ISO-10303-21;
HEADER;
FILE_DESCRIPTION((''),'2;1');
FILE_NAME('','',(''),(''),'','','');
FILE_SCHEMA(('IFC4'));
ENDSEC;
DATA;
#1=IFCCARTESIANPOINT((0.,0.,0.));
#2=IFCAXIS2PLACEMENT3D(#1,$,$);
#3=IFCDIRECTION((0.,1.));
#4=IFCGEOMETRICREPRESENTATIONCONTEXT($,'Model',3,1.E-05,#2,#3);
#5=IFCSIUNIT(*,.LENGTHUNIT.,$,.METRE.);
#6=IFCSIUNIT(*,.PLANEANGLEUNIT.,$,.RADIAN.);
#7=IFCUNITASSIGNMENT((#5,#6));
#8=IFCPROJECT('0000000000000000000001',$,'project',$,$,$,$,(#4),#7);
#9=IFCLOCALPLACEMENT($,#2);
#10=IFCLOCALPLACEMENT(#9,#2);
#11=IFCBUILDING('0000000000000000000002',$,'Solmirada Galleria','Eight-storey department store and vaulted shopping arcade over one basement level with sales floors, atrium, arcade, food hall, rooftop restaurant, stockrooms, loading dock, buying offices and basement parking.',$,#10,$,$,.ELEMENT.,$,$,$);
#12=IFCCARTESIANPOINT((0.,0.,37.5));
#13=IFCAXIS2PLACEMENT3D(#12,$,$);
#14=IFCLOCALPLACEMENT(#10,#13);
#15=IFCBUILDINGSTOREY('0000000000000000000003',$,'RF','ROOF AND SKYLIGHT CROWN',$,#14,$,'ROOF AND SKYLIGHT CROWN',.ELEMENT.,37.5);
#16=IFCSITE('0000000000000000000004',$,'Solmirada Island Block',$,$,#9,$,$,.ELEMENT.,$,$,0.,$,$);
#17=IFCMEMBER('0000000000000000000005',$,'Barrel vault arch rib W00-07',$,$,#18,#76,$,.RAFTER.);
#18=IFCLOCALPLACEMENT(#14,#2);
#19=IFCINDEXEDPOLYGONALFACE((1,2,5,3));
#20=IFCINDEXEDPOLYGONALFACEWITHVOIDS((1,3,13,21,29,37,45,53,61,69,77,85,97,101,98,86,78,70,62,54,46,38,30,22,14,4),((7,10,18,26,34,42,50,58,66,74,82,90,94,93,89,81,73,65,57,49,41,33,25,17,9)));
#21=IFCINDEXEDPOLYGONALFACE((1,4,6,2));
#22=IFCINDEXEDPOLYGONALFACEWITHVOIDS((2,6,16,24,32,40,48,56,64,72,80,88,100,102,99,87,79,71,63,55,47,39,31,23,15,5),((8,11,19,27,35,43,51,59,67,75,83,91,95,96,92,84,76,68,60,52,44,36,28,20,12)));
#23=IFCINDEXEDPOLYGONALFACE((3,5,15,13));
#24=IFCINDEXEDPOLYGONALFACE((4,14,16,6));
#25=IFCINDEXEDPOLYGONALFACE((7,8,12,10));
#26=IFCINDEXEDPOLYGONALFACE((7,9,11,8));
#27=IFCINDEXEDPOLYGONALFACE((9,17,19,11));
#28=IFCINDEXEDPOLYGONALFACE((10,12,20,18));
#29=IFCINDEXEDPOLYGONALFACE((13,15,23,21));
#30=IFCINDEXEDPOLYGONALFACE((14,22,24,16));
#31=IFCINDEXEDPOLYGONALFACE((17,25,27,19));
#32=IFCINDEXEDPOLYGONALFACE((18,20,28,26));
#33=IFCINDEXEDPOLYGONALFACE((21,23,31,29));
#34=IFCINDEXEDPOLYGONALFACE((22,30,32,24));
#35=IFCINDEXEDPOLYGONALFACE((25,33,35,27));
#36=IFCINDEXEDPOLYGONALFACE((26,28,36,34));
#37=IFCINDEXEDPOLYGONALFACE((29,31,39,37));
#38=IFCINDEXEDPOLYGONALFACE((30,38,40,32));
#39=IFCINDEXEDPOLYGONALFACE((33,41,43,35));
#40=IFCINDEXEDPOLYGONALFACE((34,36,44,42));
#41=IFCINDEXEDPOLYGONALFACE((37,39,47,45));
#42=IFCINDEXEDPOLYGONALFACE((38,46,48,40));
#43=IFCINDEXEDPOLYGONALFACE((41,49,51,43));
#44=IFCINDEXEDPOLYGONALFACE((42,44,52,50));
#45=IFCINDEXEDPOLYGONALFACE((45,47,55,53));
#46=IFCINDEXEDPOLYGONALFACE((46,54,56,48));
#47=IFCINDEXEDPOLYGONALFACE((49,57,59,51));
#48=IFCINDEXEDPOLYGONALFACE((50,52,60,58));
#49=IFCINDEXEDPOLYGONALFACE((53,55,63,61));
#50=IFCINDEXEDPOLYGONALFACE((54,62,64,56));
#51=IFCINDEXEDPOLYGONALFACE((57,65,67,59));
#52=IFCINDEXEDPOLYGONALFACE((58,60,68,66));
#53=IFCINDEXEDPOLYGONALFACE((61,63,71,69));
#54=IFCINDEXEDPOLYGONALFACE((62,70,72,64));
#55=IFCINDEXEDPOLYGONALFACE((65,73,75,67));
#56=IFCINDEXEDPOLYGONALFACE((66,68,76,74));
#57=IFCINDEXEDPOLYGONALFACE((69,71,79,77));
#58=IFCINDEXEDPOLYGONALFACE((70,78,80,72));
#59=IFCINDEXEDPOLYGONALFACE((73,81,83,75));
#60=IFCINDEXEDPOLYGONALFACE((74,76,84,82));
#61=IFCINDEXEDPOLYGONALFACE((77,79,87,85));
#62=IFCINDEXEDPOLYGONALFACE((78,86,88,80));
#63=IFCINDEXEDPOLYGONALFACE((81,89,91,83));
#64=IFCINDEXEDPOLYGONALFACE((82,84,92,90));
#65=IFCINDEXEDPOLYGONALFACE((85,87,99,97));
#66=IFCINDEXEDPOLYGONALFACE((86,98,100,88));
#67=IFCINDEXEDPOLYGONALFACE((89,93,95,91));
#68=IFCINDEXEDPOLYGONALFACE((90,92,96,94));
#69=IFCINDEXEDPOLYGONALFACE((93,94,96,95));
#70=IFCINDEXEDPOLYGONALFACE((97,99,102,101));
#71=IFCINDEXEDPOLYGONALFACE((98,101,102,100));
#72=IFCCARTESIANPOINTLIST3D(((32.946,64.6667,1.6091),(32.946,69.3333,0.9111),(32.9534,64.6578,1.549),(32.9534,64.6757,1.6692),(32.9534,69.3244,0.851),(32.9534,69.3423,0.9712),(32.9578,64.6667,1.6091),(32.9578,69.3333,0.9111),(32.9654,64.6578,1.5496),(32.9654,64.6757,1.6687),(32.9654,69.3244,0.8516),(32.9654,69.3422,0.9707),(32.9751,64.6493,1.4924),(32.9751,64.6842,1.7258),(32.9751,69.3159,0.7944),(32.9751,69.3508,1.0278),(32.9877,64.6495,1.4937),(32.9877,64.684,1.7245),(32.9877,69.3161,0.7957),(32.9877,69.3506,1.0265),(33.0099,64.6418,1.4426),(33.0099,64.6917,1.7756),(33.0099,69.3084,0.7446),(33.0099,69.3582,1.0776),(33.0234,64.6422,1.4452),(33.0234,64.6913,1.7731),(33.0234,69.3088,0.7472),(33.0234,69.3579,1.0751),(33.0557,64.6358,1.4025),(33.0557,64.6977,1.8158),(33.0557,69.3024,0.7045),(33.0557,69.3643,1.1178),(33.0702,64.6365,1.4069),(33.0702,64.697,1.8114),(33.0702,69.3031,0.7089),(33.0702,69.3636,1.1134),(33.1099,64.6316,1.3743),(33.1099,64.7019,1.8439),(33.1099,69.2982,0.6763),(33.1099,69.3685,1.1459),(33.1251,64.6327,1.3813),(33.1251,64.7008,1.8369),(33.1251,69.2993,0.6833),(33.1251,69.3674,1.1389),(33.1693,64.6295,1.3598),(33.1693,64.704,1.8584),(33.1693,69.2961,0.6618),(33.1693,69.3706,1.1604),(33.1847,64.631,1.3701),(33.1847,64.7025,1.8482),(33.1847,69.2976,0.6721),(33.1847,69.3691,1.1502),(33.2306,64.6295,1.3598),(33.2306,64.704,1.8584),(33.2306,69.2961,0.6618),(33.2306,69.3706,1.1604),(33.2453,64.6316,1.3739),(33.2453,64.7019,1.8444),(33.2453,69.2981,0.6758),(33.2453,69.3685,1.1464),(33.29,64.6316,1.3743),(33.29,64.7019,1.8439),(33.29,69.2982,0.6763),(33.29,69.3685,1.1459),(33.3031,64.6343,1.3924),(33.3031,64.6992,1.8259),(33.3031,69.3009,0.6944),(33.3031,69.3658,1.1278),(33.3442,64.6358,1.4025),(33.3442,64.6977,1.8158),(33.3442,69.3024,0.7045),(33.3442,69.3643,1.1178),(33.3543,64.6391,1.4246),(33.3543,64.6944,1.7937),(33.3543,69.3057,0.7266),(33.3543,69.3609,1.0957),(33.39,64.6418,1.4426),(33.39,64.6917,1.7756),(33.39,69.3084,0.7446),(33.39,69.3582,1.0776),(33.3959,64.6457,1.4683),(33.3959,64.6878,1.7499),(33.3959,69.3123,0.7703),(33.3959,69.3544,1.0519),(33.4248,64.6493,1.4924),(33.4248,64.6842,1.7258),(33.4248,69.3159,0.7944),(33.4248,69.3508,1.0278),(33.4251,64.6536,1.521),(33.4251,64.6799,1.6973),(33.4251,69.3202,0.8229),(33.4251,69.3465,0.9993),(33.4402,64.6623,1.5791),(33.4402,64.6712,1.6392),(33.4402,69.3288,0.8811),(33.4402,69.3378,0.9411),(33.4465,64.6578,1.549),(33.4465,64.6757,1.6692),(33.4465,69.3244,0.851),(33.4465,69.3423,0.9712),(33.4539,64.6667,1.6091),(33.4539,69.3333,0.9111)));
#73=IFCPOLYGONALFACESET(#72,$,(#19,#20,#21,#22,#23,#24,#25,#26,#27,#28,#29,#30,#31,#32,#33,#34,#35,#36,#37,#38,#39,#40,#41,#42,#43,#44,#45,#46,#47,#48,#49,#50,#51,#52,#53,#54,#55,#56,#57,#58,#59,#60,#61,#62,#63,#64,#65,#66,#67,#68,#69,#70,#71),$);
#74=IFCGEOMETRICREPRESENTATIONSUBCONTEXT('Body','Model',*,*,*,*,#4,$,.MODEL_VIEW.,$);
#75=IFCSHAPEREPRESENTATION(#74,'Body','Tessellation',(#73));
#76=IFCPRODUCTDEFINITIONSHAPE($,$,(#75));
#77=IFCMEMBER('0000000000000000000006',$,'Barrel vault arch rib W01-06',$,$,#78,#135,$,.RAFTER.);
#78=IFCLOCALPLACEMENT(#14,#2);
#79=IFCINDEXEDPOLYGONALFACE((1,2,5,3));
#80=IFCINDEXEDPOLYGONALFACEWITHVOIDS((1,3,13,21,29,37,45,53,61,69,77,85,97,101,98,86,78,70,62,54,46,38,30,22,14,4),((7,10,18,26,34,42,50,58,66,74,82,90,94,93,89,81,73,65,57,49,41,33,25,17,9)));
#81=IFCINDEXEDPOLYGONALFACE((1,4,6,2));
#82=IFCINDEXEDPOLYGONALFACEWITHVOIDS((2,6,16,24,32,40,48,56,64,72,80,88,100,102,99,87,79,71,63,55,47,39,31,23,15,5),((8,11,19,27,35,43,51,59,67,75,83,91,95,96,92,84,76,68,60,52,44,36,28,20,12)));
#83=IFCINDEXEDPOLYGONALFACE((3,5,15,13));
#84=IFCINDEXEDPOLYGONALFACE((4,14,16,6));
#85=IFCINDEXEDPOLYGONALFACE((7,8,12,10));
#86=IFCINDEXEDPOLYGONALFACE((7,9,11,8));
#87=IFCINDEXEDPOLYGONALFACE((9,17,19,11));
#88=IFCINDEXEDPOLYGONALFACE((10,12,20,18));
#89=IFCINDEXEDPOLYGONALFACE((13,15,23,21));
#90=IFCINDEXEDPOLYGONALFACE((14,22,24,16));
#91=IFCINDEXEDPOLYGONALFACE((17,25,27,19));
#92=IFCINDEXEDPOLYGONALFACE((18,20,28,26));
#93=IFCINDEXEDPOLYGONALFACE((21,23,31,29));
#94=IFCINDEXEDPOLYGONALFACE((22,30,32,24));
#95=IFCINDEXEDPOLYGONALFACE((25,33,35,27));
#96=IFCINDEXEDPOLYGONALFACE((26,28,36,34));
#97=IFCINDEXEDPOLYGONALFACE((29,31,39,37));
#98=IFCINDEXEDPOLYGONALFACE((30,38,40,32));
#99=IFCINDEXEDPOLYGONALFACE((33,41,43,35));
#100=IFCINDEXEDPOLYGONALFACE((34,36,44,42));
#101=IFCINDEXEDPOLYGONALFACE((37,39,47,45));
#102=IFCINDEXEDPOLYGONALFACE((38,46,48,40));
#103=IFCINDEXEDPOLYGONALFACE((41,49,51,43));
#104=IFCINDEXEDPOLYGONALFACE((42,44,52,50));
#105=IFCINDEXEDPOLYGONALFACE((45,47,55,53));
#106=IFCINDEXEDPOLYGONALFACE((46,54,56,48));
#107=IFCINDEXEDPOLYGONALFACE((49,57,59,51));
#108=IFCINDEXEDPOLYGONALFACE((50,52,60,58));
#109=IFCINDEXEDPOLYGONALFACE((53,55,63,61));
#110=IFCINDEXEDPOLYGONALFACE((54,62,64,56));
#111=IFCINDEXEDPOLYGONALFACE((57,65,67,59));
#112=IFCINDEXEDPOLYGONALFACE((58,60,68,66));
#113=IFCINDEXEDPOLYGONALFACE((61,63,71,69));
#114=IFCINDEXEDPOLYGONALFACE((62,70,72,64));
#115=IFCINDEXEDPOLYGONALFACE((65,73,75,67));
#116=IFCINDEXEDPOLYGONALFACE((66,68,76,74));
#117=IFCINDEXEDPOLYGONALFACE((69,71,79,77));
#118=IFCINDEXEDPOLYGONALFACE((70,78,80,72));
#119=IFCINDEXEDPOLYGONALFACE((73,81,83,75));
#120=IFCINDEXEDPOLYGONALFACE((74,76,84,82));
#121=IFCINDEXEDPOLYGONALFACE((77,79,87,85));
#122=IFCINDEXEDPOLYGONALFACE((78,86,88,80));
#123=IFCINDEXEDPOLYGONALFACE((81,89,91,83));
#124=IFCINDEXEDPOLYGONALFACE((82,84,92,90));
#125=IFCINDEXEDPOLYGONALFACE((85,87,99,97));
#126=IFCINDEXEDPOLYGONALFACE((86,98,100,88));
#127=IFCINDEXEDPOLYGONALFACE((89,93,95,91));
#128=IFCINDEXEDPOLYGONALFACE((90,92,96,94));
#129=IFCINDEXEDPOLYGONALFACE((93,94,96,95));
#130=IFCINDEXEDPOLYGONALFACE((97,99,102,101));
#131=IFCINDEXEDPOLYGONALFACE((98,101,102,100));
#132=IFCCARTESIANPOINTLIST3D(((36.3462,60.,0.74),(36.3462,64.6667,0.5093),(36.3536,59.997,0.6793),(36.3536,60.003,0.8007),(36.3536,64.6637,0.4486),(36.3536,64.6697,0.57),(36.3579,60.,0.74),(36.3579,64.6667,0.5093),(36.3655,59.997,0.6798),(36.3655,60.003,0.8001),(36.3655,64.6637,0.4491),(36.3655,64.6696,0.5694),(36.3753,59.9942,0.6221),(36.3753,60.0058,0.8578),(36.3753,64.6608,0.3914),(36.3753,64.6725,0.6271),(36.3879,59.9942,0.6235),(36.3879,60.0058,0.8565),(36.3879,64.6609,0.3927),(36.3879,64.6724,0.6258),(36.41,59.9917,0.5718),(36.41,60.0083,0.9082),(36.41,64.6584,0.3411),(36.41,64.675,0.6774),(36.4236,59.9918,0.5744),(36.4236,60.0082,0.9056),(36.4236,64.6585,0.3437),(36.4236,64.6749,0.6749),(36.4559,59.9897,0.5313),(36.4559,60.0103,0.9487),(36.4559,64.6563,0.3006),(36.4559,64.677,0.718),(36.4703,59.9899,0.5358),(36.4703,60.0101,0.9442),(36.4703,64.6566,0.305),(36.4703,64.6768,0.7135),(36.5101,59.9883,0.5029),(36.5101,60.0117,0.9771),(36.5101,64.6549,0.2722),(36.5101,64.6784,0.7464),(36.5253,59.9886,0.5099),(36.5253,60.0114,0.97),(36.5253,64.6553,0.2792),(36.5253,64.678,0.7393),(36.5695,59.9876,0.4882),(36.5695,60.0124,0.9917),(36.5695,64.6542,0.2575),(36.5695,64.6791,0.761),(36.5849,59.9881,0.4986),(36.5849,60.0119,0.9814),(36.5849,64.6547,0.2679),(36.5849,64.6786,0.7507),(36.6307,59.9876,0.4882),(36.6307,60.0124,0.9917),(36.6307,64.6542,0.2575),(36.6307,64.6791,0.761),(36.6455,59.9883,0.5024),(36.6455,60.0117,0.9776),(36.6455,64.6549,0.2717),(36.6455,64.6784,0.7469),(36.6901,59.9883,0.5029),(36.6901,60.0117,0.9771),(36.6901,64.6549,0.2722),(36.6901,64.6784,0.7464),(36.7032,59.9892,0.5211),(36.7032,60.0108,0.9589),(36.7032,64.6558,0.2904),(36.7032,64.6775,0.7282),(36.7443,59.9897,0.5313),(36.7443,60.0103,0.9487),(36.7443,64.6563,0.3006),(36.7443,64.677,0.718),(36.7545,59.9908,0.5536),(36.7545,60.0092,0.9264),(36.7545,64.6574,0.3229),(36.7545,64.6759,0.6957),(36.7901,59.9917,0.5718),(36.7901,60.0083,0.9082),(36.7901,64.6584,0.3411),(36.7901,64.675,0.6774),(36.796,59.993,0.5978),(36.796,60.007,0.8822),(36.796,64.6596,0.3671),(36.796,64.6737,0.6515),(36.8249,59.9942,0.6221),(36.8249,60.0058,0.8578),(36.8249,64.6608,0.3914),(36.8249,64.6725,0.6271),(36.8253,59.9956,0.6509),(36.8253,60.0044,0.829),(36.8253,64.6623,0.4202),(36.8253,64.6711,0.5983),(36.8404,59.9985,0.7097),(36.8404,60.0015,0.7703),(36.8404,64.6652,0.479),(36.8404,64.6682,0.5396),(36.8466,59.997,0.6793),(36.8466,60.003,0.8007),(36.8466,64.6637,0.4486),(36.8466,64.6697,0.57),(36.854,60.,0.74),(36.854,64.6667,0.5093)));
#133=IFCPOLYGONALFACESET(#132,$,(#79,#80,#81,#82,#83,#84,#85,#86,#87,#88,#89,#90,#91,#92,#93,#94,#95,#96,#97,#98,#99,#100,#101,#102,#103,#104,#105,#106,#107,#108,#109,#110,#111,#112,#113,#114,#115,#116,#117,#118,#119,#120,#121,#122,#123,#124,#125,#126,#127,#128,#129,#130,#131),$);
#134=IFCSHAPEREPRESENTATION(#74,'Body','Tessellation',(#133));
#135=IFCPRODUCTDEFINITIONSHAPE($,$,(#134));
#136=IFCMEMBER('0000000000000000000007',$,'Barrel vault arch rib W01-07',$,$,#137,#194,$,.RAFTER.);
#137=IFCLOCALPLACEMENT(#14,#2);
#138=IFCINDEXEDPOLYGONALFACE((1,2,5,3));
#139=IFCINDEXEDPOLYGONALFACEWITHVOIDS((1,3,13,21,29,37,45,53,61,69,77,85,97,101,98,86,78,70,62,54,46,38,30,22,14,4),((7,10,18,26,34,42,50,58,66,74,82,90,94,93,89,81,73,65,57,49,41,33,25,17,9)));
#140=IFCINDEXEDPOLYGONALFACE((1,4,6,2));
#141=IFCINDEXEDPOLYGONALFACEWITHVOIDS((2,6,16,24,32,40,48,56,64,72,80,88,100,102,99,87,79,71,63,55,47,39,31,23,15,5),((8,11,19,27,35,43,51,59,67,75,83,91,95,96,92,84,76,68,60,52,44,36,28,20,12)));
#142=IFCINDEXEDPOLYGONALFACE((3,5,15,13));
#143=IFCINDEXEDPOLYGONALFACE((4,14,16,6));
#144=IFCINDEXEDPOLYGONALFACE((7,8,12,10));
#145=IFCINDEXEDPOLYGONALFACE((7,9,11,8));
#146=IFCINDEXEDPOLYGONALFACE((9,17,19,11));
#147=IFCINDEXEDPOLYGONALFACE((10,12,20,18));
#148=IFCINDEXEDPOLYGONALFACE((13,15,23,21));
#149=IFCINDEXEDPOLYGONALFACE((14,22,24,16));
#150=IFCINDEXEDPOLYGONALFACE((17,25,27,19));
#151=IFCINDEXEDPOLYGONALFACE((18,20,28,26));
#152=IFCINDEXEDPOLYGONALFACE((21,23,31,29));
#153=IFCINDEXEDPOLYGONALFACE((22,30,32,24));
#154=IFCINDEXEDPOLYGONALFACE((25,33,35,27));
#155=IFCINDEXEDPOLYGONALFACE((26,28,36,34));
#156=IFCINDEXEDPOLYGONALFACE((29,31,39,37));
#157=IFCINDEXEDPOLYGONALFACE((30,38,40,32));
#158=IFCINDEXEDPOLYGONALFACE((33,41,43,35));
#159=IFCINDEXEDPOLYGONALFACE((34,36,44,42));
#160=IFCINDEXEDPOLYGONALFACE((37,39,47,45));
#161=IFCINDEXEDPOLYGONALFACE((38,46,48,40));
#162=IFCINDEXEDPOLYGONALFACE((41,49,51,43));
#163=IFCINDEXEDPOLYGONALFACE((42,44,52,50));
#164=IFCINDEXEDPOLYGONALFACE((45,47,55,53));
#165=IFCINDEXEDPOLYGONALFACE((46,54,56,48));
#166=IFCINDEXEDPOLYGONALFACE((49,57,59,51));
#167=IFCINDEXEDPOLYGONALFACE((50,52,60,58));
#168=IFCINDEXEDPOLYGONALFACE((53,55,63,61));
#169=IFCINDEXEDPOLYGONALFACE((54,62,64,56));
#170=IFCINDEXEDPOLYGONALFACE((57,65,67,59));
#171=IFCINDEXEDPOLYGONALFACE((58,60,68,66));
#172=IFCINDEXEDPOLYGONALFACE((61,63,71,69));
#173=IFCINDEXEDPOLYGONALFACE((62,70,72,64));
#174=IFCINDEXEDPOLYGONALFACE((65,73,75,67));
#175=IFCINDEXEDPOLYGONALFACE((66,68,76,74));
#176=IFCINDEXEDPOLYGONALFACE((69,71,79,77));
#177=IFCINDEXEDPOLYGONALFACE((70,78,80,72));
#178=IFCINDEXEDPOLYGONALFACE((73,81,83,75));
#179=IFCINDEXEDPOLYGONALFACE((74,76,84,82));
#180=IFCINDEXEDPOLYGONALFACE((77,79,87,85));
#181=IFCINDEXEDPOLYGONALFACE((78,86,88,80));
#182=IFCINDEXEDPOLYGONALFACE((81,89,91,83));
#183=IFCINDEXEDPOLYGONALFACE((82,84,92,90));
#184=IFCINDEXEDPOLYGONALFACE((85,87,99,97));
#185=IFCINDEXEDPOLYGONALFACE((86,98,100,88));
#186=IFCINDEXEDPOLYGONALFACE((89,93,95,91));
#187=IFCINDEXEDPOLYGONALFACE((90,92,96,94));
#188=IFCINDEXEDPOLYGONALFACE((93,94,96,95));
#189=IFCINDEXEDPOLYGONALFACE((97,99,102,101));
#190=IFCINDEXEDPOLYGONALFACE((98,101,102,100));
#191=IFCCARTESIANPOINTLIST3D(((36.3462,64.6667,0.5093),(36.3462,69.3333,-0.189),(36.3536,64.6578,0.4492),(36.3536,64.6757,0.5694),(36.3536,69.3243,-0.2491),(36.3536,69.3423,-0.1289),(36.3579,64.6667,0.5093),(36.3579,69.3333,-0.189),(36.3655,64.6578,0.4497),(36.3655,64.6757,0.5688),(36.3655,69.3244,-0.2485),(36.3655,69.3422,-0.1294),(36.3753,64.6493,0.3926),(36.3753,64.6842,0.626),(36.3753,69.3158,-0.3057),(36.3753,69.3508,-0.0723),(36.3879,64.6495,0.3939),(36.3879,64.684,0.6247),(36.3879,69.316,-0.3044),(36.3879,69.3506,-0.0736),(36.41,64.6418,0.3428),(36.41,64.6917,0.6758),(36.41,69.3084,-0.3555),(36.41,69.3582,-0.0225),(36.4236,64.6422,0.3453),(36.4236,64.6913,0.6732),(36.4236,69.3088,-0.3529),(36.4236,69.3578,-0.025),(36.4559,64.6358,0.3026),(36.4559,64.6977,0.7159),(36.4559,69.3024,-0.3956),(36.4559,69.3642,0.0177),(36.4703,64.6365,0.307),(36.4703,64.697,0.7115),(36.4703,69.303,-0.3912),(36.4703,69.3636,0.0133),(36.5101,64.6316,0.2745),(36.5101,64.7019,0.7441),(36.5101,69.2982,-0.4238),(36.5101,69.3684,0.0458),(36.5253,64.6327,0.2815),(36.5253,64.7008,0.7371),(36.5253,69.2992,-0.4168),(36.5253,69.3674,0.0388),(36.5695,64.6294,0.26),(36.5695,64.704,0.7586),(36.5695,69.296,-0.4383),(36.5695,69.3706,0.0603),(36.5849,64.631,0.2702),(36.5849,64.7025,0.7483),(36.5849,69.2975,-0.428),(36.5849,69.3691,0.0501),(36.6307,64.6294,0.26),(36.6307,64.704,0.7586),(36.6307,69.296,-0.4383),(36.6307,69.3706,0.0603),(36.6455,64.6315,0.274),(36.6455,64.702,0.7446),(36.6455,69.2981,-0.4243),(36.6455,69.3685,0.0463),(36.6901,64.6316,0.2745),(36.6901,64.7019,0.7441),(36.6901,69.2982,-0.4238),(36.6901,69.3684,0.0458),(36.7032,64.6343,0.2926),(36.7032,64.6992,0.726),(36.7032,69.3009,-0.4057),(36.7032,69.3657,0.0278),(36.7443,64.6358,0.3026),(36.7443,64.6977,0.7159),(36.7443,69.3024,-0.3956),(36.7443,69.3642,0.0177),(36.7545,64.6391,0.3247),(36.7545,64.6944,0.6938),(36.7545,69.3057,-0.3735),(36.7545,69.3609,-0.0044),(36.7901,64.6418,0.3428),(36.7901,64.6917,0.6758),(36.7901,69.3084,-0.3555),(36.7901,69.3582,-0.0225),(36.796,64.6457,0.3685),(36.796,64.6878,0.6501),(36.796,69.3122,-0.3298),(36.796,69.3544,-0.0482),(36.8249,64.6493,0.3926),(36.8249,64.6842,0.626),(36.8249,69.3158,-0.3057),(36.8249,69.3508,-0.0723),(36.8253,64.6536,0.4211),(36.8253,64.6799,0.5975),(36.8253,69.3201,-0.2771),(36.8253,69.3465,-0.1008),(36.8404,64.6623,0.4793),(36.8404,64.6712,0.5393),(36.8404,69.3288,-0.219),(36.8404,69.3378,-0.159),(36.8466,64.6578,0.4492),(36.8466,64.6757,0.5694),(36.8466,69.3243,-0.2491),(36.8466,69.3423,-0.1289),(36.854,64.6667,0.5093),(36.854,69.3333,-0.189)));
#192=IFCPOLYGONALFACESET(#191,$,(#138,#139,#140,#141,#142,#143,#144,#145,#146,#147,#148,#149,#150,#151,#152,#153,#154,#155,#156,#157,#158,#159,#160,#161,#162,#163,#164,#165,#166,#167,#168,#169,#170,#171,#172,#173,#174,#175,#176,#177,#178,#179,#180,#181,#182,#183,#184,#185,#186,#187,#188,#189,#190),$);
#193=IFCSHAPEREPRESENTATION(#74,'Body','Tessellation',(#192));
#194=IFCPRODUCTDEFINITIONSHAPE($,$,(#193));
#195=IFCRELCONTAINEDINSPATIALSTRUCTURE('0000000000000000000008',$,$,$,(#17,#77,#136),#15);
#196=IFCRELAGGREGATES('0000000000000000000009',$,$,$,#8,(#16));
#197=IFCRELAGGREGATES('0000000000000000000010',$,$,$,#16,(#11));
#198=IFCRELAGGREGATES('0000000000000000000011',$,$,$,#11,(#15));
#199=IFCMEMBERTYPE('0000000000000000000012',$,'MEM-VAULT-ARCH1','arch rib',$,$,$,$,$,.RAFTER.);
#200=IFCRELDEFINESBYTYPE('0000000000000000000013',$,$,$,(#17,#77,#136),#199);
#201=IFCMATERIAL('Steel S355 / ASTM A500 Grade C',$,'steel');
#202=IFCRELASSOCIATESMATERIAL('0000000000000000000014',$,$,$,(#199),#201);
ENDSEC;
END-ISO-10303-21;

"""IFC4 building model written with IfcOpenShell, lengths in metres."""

from ifc_helpers import new_model, si_unit, direction, frame, origin, origin_2d, place, context, subcontext, project, spatial, hollow_circle, extrude, material, material_profile, profile_set, type_object, element, save


model = new_model("IFC4")

# Units and contexts
model_context = context("Model", 3, precision=1e-05, world=origin(), true_north=direction((0.0, 1.0)))
body_context = subcontext(model_context, "Body", "Model", "MODEL_VIEW")
ifc_project = project(units=[si_unit("LENGTHUNIT", "METRE"), si_unit("PLANEANGLEUNIT", "RADIAN")], contexts=[model_context])

# Site, building, storey
site_placement = place(None, origin())
site = spatial("IfcSite", under=ifc_project, at=site_placement, Name="Solmirada Island Block", CompositionType="ELEMENT", RefElevation=0.0)
building_placement = place(site_placement, origin())
building = spatial("IfcBuilding", under=site, at=building_placement, Name="Solmirada Galleria", Description="Eight-storey department store and vaulted shopping arcade over one basement level with sales floors, atrium, arcade, food hall, rooftop restaurant, stockrooms, loading dock, buying offices and basement parking.", CompositionType="ELEMENT")
storey_placement = place(building_placement, frame((0.0, 0.0, 37.5)))
storey = spatial("IfcBuildingStorey", under=building, at=storey_placement, Name="RF", Description="ROOF AND SKYLIGHT CROWN", LongName="ROOF AND SKYLIGHT CROWN", CompositionType="ELEMENT", Elevation=37.5)

# Members
ifc_material_1 = material(Name="Steel S355 / ASTM A500 Grade C", Category="steel")
ifc_material_profile_1 = material_profile(ifc_material_1, hollow_circle(Radius=0.2539, WallThickness=0.0117, at=origin_2d()), Name="HSS20.000X0.500")
ifc_profile_set_1 = profile_set([ifc_material_profile_1], Name="Steel S355 / ASTM A500 Grade C")
member_type_1 = type_object("IfcMemberType", Name="MEM-VAULT-ARCH1", Description="arch rib", PredefinedType="RAFTER", material=ifc_profile_set_1)
member_1_placement = place(storey_placement, frame((33.2, 64.6667, 1.6091), z_axis=(0.0, 0.988998, -0.147931), x_axis=(-1.0, 0.0, 0.0)))
element("IfcMember", 1, at=member_1_placement, inside=storey, type_object=member_type_1, Name="Barrel vault arch rib W00-07", PredefinedType="RAFTER", context=body_context, shape_type="SweptSolid", body=[
    extrude(hollow_circle(Radius=0.2539, WallThickness=0.0117, at=origin_2d()), origin(), (0.0, 0.0, 1.0), 4.7185),
])
member_2_placement = place(storey_placement, frame((36.6001, 60.0, 0.74), z_axis=(0.0, 0.99878, -0.049377), x_axis=(-1.0, 0.0, 0.0)))
element("IfcMember", 2, at=member_2_placement, inside=storey, type_object=member_type_1, Name="Barrel vault arch rib W01-06", PredefinedType="RAFTER", context=body_context, shape_type="SweptSolid", body=[
    extrude(hollow_circle(Radius=0.2539, WallThickness=0.0117, at=origin_2d()), origin(), (0.0, 0.0, 1.0), 4.6724),
])
member_3_placement = place(storey_placement, frame((36.6001, 64.6667, 0.5093), z_axis=(0.0, 0.98899, -0.147981), x_axis=(-1.0, 0.0, 0.0)))
element("IfcMember", 3, at=member_3_placement, inside=storey, type_object=member_type_1, Name="Barrel vault arch rib W01-07", PredefinedType="RAFTER", context=body_context, shape_type="SweptSolid", body=[
    extrude(hollow_circle(Radius=0.2539, WallThickness=0.0117, at=origin_2d()), origin(), (0.0, 0.0, 1.0), 4.7185),
])

save(model, "model.ifc")
